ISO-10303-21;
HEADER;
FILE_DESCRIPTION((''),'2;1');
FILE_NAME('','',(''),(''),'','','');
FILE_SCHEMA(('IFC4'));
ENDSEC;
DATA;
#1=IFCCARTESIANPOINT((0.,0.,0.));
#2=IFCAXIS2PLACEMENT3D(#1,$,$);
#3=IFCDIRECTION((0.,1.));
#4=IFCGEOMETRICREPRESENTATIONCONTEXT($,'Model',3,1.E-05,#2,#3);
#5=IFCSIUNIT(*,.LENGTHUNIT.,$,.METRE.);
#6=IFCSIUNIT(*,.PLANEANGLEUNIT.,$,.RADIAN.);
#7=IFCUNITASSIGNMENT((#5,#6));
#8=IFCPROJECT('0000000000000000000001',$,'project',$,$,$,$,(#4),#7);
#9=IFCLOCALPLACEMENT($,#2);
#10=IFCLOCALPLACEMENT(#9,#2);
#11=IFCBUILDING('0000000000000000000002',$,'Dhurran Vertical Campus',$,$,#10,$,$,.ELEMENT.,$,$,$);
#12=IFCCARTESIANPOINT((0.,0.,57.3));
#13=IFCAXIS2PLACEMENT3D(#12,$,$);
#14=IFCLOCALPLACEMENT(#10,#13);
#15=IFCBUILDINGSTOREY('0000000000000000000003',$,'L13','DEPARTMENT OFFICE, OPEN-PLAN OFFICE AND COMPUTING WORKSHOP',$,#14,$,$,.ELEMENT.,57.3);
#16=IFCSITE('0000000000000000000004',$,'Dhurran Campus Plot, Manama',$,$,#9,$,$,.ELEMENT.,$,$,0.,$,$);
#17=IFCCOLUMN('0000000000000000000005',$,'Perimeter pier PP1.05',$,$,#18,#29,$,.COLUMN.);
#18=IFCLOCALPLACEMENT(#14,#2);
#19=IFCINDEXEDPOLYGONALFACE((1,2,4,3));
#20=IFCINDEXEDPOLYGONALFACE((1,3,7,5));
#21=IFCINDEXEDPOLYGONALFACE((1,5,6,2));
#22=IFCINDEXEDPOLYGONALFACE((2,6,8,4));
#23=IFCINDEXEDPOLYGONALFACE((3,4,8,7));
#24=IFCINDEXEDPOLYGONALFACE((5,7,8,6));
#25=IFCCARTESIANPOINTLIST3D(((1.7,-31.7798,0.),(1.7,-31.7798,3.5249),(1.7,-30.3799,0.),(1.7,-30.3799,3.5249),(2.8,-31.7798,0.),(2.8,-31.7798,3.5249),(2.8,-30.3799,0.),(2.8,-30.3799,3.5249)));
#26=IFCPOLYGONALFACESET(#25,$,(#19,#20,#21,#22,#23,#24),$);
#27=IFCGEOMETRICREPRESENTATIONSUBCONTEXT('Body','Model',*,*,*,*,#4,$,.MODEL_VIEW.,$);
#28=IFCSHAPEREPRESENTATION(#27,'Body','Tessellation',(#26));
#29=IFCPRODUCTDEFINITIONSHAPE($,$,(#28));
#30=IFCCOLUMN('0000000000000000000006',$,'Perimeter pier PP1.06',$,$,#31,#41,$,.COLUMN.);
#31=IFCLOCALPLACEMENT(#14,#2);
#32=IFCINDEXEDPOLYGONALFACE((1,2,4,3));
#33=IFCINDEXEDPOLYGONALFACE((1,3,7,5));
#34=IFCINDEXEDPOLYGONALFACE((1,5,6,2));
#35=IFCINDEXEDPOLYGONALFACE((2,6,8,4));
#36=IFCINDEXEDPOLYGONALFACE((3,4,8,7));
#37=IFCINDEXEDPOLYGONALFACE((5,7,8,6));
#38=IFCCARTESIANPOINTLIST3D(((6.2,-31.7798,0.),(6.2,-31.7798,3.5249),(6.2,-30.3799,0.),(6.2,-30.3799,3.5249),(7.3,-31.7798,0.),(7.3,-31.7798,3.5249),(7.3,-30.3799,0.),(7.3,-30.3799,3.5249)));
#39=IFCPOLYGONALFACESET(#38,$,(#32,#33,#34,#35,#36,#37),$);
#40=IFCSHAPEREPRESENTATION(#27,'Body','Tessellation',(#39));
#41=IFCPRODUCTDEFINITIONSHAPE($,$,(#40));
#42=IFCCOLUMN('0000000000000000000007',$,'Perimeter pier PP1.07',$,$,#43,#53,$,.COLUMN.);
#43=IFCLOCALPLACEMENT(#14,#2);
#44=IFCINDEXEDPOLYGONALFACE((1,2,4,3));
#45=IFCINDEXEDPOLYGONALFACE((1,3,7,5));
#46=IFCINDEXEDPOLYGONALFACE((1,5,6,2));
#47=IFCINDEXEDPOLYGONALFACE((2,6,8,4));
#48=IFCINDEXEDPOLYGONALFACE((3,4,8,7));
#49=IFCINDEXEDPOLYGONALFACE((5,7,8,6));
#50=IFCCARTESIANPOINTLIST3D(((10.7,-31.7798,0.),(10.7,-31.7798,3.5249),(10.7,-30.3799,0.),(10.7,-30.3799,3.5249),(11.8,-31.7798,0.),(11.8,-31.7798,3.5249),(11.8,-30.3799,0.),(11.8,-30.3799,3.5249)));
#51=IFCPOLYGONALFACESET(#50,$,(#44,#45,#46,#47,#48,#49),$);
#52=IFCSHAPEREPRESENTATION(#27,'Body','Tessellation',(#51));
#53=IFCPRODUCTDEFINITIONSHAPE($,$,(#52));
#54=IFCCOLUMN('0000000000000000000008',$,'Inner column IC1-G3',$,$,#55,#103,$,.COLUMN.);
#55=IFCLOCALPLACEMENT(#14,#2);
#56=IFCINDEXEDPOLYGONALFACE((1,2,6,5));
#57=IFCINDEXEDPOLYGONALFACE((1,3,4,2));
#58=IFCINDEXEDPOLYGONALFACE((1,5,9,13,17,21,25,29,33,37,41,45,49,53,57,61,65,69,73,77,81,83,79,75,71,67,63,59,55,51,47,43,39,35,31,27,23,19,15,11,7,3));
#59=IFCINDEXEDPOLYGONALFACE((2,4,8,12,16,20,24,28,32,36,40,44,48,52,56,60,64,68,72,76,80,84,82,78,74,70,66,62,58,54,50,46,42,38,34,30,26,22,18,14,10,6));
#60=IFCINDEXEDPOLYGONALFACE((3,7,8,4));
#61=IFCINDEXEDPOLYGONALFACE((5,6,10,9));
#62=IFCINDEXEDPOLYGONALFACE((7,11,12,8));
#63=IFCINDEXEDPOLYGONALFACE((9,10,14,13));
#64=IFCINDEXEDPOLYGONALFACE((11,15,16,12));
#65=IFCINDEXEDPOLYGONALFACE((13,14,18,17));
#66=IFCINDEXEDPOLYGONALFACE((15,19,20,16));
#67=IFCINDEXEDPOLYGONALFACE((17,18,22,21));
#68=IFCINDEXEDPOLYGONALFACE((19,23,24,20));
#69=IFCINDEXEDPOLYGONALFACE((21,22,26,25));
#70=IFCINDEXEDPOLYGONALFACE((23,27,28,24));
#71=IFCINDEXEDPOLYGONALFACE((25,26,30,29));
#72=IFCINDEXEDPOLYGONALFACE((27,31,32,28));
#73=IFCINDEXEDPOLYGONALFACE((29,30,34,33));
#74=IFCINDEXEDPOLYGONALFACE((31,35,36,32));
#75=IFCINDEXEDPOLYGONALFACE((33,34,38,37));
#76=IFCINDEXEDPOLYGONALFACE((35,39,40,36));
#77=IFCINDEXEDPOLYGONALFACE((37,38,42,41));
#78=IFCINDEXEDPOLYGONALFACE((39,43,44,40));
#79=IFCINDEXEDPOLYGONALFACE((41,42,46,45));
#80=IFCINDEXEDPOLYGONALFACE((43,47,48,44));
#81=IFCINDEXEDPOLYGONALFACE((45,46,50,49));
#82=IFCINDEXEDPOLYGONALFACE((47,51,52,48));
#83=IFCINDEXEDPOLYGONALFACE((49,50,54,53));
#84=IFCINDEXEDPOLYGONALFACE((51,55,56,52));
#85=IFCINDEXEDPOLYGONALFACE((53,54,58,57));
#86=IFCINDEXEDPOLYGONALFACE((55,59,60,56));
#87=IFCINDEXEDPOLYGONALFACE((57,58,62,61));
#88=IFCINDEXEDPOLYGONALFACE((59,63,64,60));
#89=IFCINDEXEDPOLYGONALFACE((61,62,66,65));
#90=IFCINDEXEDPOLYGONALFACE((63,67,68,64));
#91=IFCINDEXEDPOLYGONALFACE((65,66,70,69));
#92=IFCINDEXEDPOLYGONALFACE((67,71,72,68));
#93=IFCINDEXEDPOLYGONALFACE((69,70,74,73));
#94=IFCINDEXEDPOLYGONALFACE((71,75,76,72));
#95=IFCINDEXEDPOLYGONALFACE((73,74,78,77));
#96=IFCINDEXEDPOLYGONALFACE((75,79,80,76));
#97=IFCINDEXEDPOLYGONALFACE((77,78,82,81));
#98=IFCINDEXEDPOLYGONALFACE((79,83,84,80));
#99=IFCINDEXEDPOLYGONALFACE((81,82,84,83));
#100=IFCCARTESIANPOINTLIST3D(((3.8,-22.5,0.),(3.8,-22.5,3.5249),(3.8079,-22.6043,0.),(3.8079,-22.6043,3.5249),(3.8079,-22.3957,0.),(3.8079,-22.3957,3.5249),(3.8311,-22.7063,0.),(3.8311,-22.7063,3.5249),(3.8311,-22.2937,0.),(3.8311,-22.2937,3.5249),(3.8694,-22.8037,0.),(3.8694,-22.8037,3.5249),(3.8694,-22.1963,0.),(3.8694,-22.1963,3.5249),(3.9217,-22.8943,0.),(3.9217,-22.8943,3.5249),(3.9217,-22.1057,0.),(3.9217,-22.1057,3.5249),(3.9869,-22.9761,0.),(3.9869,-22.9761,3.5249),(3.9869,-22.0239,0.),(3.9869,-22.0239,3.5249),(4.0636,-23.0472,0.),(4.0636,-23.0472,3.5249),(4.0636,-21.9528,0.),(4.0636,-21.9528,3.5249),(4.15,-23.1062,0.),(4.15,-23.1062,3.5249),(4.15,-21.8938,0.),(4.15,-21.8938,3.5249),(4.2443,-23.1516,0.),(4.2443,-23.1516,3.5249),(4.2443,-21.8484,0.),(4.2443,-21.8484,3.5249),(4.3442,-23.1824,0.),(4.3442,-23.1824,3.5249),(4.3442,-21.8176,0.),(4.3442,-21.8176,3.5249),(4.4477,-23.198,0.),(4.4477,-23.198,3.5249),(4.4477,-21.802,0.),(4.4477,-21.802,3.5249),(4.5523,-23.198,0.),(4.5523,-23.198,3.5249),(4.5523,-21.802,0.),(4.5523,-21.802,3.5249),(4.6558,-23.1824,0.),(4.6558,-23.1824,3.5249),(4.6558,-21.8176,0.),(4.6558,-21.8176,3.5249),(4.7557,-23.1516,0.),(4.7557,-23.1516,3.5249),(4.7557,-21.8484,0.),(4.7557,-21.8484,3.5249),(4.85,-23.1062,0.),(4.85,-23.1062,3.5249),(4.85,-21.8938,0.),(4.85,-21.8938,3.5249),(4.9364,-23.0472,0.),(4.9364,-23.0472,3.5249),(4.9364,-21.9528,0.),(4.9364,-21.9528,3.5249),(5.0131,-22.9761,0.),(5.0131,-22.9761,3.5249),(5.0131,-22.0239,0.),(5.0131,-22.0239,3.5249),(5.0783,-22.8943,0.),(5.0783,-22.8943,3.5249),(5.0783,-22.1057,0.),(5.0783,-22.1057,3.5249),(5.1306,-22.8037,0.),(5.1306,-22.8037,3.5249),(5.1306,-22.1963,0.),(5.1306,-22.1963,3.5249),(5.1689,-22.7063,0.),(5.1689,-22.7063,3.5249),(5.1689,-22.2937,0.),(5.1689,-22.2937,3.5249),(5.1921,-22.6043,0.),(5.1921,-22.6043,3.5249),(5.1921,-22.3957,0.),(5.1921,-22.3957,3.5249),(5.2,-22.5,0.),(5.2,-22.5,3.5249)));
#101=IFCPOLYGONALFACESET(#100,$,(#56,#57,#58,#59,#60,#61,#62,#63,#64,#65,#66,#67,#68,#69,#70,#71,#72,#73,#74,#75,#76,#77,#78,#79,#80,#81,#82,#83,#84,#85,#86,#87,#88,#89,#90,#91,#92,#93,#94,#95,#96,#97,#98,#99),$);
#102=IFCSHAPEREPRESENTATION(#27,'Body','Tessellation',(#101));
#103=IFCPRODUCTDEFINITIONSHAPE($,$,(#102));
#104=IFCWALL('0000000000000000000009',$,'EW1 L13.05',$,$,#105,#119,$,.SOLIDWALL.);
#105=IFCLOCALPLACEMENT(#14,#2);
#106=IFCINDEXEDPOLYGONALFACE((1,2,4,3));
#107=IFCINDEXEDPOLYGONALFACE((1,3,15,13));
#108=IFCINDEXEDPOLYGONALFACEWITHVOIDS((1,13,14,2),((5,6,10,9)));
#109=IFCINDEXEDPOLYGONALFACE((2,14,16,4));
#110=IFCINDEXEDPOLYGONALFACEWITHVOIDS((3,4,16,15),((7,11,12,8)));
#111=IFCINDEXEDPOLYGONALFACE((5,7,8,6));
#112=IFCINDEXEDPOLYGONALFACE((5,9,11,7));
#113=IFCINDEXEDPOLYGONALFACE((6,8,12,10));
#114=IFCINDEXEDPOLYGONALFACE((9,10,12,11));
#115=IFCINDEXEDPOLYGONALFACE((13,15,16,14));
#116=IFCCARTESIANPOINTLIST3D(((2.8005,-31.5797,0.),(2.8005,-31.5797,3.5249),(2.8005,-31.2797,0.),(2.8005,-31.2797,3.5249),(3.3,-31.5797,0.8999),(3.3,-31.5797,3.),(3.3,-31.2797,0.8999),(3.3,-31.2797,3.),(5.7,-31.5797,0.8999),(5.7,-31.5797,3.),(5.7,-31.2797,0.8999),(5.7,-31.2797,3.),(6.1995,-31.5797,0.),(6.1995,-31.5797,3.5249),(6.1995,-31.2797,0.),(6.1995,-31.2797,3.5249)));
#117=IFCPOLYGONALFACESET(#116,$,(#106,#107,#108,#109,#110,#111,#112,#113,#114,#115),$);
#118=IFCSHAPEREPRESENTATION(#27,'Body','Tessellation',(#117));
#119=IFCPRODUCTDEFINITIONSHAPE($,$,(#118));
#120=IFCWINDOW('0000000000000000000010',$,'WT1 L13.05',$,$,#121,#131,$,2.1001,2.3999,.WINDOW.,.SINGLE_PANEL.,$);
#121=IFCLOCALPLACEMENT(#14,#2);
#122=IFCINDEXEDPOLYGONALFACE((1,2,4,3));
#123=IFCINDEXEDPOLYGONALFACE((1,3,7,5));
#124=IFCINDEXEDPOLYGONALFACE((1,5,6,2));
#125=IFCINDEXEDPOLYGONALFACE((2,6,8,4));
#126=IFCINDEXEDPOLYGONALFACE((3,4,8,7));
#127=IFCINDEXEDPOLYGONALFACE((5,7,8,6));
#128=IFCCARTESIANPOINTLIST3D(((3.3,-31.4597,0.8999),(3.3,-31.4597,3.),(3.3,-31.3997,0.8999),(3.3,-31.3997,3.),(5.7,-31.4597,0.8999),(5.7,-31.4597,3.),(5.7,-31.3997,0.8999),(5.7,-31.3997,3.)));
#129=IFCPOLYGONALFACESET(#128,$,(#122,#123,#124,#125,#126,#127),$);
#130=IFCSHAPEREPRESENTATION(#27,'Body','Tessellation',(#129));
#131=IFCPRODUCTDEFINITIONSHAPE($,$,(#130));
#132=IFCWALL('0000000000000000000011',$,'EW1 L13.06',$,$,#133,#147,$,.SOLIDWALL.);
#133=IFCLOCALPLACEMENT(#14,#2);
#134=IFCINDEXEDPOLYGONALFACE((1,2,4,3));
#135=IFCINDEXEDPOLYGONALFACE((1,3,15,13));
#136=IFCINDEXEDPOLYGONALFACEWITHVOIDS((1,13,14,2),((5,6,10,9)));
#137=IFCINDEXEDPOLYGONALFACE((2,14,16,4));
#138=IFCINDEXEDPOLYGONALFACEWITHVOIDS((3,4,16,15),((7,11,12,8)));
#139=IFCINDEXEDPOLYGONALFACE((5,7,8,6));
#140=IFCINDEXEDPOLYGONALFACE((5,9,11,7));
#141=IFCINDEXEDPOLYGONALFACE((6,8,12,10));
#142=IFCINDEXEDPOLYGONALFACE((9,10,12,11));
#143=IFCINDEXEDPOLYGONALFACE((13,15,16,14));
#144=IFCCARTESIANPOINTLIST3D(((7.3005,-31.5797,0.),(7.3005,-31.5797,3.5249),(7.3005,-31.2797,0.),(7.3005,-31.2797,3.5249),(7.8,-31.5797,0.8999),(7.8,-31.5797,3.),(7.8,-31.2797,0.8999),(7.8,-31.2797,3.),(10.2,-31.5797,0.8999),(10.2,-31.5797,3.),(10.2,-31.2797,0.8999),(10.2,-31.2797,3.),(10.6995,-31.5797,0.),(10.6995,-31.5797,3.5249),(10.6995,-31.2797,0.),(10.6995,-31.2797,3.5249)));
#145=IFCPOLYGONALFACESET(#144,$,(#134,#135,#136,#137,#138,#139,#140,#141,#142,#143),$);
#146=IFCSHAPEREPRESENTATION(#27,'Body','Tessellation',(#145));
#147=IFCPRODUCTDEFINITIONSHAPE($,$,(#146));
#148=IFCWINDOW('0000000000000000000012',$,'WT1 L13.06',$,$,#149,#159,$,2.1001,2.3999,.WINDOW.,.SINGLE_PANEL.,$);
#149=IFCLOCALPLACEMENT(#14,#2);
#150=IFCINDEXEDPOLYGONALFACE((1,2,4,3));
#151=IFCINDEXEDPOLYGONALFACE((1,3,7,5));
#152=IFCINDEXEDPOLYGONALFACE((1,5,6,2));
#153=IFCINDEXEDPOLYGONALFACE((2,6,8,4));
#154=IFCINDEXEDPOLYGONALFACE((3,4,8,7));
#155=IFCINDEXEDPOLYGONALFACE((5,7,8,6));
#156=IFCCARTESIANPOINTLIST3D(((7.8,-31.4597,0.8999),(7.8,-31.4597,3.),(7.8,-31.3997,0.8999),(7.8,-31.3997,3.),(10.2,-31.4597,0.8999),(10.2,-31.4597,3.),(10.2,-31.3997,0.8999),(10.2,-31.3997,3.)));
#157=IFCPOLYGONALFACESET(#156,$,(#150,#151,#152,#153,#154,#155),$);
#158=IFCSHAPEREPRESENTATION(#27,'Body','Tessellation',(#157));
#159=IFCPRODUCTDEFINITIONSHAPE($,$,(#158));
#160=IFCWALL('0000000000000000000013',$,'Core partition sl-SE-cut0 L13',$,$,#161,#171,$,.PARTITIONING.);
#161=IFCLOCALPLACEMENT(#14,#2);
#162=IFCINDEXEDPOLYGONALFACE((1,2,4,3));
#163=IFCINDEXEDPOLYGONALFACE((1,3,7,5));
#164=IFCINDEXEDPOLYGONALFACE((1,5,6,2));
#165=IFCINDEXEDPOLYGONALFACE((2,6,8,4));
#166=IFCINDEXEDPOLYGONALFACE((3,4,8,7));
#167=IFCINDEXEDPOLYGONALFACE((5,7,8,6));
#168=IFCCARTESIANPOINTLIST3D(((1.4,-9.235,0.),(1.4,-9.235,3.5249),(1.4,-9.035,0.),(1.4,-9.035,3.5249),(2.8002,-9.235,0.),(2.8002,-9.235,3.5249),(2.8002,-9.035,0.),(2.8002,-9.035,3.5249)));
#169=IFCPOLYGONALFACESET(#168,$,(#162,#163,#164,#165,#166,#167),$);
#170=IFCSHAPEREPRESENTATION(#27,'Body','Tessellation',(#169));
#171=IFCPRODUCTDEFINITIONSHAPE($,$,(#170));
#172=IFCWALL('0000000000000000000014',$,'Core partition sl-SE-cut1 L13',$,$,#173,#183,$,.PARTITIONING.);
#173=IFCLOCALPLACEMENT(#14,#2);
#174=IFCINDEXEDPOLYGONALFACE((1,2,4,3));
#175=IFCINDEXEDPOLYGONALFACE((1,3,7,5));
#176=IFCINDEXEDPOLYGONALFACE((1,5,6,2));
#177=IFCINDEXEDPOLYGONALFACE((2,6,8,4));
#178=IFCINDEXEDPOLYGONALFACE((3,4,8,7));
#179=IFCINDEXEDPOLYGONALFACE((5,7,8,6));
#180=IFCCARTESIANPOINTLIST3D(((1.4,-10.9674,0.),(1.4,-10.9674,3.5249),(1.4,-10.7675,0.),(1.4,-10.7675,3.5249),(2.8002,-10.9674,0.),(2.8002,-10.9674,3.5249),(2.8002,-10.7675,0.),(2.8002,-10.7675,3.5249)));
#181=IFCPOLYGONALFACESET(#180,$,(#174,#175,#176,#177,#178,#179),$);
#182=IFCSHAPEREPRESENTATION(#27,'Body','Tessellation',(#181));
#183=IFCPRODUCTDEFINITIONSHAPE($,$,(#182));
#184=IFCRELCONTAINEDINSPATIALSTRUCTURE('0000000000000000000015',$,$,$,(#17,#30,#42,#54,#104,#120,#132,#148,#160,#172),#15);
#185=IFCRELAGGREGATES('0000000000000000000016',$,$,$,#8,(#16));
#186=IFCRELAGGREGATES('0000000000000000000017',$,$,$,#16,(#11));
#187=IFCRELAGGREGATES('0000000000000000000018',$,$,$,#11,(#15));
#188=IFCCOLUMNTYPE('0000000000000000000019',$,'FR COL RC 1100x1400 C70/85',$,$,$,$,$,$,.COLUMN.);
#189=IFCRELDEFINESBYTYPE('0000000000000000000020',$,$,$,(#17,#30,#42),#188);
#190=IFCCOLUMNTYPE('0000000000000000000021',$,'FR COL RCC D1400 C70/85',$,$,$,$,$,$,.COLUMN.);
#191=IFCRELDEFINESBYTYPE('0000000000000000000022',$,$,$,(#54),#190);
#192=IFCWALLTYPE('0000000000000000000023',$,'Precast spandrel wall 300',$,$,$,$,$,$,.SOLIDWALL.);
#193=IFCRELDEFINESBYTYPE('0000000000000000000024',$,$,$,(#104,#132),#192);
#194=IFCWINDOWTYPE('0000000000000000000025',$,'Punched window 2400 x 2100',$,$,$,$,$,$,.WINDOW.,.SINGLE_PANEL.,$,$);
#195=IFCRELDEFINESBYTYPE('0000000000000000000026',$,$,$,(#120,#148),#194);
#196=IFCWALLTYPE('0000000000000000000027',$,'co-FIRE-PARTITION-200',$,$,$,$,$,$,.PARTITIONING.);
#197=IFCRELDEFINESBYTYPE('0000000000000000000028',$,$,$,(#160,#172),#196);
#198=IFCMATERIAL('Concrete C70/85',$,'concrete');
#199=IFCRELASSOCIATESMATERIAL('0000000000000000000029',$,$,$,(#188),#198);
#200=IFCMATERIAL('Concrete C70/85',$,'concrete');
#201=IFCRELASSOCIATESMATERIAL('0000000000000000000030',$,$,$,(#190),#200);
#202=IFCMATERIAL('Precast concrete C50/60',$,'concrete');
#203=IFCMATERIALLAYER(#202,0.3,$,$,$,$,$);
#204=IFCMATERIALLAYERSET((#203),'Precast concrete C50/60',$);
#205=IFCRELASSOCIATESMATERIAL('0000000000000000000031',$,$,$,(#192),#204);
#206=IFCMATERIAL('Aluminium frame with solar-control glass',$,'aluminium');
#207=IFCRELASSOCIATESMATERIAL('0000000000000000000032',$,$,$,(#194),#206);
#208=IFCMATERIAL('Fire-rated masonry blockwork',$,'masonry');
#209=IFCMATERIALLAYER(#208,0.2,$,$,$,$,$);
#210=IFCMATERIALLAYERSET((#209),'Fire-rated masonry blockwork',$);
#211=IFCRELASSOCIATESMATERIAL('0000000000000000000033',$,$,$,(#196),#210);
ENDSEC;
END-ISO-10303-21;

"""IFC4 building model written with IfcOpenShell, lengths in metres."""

from ifc_helpers import new_model, si_unit, direction, frame, frame_2d, origin, origin_2d, place, context, subcontext, project, spatial, rectangle, circle, extrude, material, layer, layer_set, material_profile, profile_set, type_object, element, fill, save


model = new_model("IFC4")

# Units and contexts
model_context = context("Model", 3, precision=1e-05, world=origin(), true_north=direction((0.0, 1.0)))
body_context = subcontext(model_context, "Body", "Model", "MODEL_VIEW")
ifc_project = project(units=[si_unit("LENGTHUNIT", "METRE"), si_unit("PLANEANGLEUNIT", "RADIAN")], contexts=[model_context])

# Site, building, storey
site_placement = place(None, origin())
site = spatial("IfcSite", under=ifc_project, at=site_placement, Name="Dhurran Campus Plot, Manama", CompositionType="ELEMENT", RefElevation=0.0)
building_placement = place(site_placement, origin())
building = spatial("IfcBuilding", under=site, at=building_placement, Name="Dhurran Vertical Campus", CompositionType="ELEMENT")
storey_placement = place(building_placement, frame((0.0, 0.0, 57.3)))
storey = spatial("IfcBuildingStorey", under=building, at=storey_placement, Name="L13", Description="DEPARTMENT OFFICE, OPEN-PLAN OFFICE AND COMPUTING WORKSHOP", CompositionType="ELEMENT", Elevation=57.3)

# Columns
ifc_material_1 = material(Name="Concrete C70/85", Category="concrete")
ifc_material_profile_1 = material_profile(ifc_material_1, rectangle(XDim=1.1001, YDim=1.3999, at=origin_2d()), Name="RC 1100x1400")
ifc_profile_set_1 = profile_set([ifc_material_profile_1], Name="Concrete C70/85")
column_type_1 = type_object("IfcColumnType", Name="FR COL RC 1100x1400 C70/85", PredefinedType="COLUMN", material=ifc_profile_set_1)
for number, where, z_axis, x_axis, name in (
    (1, (2.25, -31.0798, 0.0), (0.0, 0.0, 1.0), (1.0, 0.0, 0.0), "Perimeter pier PP1.05"),
    (2, (6.75, -31.0798, 0.0), (0.0, 0.0, 1.0), (1.0, 0.0, 0.0), "Perimeter pier PP1.06"),
    (3, (11.25, -31.0798, 0.0), (0.0, 0.0, 1.0), (1.0, 0.0, 0.0), "Perimeter pier PP1.07"),
):
    element("IfcColumn", number, at=place(storey_placement, frame(where, z_axis=z_axis, x_axis=x_axis)), inside=storey, type_object=column_type_1, Name=name, PredefinedType="COLUMN", context=body_context, shape_type="SweptSolid", body=[
        extrude(rectangle(XDim=1.1001, YDim=1.3999, at=origin_2d()), origin(), (0.0, 0.0, 1.0), 3.5249),
    ])
ifc_material_2 = material(Name="Concrete C70/85", Category="concrete")
ifc_material_profile_2 = material_profile(ifc_material_2, circle(Radius=0.7, at=origin_2d()), Name="RCC D1400")
ifc_profile_set_2 = profile_set([ifc_material_profile_2], Name="Concrete C70/85")
column_type_2 = type_object("IfcColumnType", Name="FR COL RCC D1400 C70/85", PredefinedType="COLUMN", material=ifc_profile_set_2)
column_placement = place(storey_placement, frame((4.5, -22.5, 0.0), z_axis=(0.0, 0.0, 1.0), x_axis=(1.0, 0.0, 0.0)))
element("IfcColumn", 4, at=column_placement, inside=storey, type_object=column_type_2, Name="Inner column IC1-G3", PredefinedType="COLUMN", context=body_context, shape_type="SweptSolid", body=[
    extrude(circle(Radius=0.7, at=origin_2d()), origin(), (0.0, 0.0, 1.0), 3.5249),
])

# Walls, openings, windows
ifc_material_3 = material(Name="Precast concrete C50/60", Category="concrete")
ifc_layer_1 = layer(ifc_material_3, 0.3)
ifc_layer_set_1 = layer_set([ifc_layer_1], Name="Precast concrete C50/60")
wall_type_1 = type_object("IfcWallType", Name="Precast spandrel wall 300", PredefinedType="SOLIDWALL", material=ifc_layer_set_1)
wall_1_placement = place(storey_placement, frame((2.8005, -31.4297, 0.0), z_axis=(0.0, 0.0, 1.0), x_axis=(1.0, 0.0, 0.0)))
wall_1 = element("IfcWall", 5, at=wall_1_placement, inside=storey, type_object=wall_type_1, Name="EW1 L13.05", PredefinedType="SOLIDWALL", context=body_context, shape_type="SweptSolid", body=[
    extrude(rectangle(XDim=3.3989, YDim=0.3, at=frame_2d((1.6995, 0.0))), origin(), (0.0, 0.0, 1.0), 3.5249),
])
opening_1_placement = place(wall_1_placement, frame((0.4995, 0.0, 0.8999)))
opening_1 = element("IfcOpeningElement", 6, at=opening_1_placement, cuts=wall_1, PredefinedType="OPENING", context=body_context, shape_type="SweptSolid", body=[
    extrude(rectangle(XDim=2.3999, YDim=2.1001, at=frame_2d((1.2, 1.05))), frame((0.0, 0.1599, 0.0), z_axis=(0.0, -1.0, 0.0), x_axis=(1.0, 0.0, 0.0)), (0.0, 0.0, 1.0), 0.3201),
])
ifc_material_4 = material(Name="Aluminium frame with solar-control glass", Category="aluminium")
window_type = type_object("IfcWindowType", Name="Punched window 2400 x 2100", PartitioningType="SINGLE_PANEL", PredefinedType="WINDOW", material=ifc_material_4)
window_1_placement = place(opening_1_placement, origin())
window_1 = element("IfcWindow", 7, at=window_1_placement, inside=storey, type_object=window_type, Name="WT1 L13.05", OverallHeight=2.1001, OverallWidth=2.3999, PartitioningType="SINGLE_PANEL", PredefinedType="WINDOW", context=body_context, shape_type="SweptSolid", body=[
    extrude(rectangle(XDim=2.3999, YDim=2.1001, at=frame_2d((1.2, 1.05))), frame((0.0, 0.03, 0.0), z_axis=(0.0, -1.0, 0.0), x_axis=(1.0, 0.0, 0.0)), (0.0, 0.0, 1.0), 0.0601),
])
fill(opening_1, window_1)
wall_2_placement = place(storey_placement, frame((7.3005, -31.4297, 0.0), z_axis=(0.0, 0.0, 1.0), x_axis=(1.0, 0.0, 0.0)))
wall_2 = element("IfcWall", 8, at=wall_2_placement, inside=storey, type_object=wall_type_1, Name="EW1 L13.06", PredefinedType="SOLIDWALL", context=body_context, shape_type="SweptSolid", body=[
    extrude(rectangle(XDim=3.3989, YDim=0.3, at=frame_2d((1.6995, 0.0))), origin(), (0.0, 0.0, 1.0), 3.5249),
])
opening_2_placement = place(wall_2_placement, frame((0.4995, 0.0, 0.8999)))
opening_2 = element("IfcOpeningElement", 9, at=opening_2_placement, cuts=wall_2, PredefinedType="OPENING", context=body_context, shape_type="SweptSolid", body=[
    extrude(rectangle(XDim=2.3999, YDim=2.1001, at=frame_2d((1.2, 1.05))), frame((0.0, 0.1599, 0.0), z_axis=(0.0, -1.0, 0.0), x_axis=(1.0, 0.0, 0.0)), (0.0, 0.0, 1.0), 0.3201),
])
window_2_placement = place(opening_2_placement, origin())
window_2 = element("IfcWindow", 10, at=window_2_placement, inside=storey, type_object=window_type, Name="WT1 L13.06", OverallHeight=2.1001, OverallWidth=2.3999, PartitioningType="SINGLE_PANEL", PredefinedType="WINDOW", context=body_context, shape_type="SweptSolid", body=[
    extrude(rectangle(XDim=2.3999, YDim=2.1001, at=frame_2d((1.2, 1.05))), frame((0.0, 0.03, 0.0), z_axis=(0.0, -1.0, 0.0), x_axis=(1.0, 0.0, 0.0)), (0.0, 0.0, 1.0), 0.0601),
])
fill(opening_2, window_2)

# Walls
ifc_material_5 = material(Name="Fire-rated masonry blockwork", Category="masonry")
ifc_layer_2 = layer(ifc_material_5, 0.2)
ifc_layer_set_2 = layer_set([ifc_layer_2], Name="Fire-rated masonry blockwork")
wall_type_2 = type_object("IfcWallType", Name="co-FIRE-PARTITION-200", PredefinedType="PARTITIONING", material=ifc_layer_set_2)
for number, where, z_axis, x_axis, name in (
    (11, (1.3999, -9.135, 0.0), (0.0, 0.0, 1.0), (1.0, 0.0, 0.0), "Core partition sl-SE-cut0 L13"),
    (12, (1.3999, -10.8674, 0.0), (0.0, 0.0, 1.0), (1.0, 0.0, 0.0), "Core partition sl-SE-cut1 L13"),
):
    element("IfcWall", number, at=place(storey_placement, frame(where, z_axis=z_axis, x_axis=x_axis)), inside=storey, type_object=wall_type_2, Name=name, PredefinedType="PARTITIONING", context=body_context, shape_type="SweptSolid", body=[
        extrude(rectangle(XDim=1.4001, YDim=0.2, at=frame_2d((0.7002, 0.0))), origin(), (0.0, 0.0, 1.0), 3.5249),
    ])

save(model, "model.ifc")
